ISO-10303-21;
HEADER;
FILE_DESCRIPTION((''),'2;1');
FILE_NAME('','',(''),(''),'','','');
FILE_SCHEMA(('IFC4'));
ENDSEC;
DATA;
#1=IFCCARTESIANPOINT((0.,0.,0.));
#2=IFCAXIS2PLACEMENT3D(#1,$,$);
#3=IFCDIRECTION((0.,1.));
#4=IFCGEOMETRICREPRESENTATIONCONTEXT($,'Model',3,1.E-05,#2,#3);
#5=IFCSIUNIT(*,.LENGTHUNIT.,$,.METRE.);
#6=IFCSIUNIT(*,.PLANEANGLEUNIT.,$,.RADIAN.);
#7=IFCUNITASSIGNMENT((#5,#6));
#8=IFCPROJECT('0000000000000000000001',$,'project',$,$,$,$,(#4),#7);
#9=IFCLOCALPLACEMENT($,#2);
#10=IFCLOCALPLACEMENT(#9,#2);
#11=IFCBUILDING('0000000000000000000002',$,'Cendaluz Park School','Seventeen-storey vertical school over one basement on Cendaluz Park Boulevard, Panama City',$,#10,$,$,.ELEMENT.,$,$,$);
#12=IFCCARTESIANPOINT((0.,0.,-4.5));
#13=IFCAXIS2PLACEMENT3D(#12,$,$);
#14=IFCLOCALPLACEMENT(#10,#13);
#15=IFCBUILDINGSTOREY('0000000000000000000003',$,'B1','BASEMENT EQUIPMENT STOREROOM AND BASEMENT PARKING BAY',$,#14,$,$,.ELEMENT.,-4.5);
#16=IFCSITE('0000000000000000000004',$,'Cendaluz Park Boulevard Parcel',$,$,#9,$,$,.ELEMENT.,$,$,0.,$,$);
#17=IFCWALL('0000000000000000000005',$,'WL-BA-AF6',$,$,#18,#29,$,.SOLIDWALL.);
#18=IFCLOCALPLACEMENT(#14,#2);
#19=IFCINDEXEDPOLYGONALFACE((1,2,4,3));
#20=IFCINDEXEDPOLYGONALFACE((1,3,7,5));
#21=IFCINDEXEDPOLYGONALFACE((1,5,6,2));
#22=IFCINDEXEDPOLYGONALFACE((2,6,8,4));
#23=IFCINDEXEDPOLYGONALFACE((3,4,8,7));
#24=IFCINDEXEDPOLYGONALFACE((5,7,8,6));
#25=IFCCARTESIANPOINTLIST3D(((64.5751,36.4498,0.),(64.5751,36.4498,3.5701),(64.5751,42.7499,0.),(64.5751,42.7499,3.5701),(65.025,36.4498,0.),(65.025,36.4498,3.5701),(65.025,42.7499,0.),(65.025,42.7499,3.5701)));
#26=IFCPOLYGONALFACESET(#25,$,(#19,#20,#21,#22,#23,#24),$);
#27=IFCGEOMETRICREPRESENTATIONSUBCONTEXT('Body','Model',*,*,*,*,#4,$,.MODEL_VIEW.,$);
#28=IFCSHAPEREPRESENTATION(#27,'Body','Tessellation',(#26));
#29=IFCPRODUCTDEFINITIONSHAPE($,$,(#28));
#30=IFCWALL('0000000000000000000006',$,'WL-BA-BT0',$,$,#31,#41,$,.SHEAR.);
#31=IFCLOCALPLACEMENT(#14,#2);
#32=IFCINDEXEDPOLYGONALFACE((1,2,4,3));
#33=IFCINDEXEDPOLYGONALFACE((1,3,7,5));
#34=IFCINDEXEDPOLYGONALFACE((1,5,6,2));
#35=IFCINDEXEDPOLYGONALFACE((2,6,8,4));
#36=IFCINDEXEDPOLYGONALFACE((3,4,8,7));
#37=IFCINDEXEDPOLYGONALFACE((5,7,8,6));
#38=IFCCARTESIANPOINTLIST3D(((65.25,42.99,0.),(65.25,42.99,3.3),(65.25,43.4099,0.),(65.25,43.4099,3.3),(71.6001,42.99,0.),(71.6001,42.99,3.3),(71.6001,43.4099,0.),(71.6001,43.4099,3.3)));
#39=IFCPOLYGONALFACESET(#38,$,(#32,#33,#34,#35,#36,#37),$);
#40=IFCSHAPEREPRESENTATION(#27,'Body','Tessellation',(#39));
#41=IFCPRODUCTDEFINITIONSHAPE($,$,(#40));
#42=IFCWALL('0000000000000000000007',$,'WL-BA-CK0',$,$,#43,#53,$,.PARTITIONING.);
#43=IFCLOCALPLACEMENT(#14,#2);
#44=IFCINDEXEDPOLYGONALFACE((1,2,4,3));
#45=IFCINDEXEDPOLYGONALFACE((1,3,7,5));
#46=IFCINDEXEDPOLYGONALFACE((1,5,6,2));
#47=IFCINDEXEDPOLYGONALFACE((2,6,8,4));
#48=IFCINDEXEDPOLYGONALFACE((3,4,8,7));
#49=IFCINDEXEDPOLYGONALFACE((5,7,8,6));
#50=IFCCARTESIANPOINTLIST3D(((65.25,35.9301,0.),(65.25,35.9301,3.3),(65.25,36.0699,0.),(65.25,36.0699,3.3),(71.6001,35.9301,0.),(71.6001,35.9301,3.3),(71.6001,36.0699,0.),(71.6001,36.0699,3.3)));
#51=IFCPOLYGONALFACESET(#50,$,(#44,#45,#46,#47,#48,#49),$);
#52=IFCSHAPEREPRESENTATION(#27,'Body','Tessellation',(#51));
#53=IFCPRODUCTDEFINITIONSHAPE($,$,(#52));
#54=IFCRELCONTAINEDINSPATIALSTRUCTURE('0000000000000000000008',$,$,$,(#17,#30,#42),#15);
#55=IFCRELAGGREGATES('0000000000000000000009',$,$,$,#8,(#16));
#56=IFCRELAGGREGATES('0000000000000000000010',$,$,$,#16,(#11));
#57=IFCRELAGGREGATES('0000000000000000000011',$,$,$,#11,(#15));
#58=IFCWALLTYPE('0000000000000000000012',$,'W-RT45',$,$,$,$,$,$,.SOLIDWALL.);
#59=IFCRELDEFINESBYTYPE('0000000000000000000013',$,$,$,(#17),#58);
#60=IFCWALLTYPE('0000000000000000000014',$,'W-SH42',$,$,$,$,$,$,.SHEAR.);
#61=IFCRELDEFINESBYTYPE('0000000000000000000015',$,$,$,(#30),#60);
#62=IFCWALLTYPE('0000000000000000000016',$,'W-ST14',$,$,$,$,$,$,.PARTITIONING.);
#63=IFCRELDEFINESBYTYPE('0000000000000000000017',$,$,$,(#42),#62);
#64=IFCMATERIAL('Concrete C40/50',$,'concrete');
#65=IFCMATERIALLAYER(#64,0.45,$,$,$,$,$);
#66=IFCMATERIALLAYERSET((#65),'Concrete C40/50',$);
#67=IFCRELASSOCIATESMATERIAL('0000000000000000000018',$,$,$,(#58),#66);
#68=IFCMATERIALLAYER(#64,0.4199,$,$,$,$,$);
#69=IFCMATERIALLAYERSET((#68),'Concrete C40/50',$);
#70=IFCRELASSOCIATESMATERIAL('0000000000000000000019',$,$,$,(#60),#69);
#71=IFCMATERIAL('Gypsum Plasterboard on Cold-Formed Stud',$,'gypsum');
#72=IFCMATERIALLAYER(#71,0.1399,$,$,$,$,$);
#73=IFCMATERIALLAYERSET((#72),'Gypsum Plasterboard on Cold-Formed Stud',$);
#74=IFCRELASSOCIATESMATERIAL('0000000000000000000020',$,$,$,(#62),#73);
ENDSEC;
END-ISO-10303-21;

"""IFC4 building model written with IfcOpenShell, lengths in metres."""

from ifc_helpers import new_model, si_unit, direction, frame, frame_2d, origin, place, context, subcontext, project, spatial, rectangle, extrude, material, layer, layer_set, type_object, element, save


model = new_model("IFC4")

# Units and contexts
model_context = context("Model", 3, precision=1e-05, world=origin(), true_north=direction((0.0, 1.0)))
body_context = subcontext(model_context, "Body", "Model", "MODEL_VIEW")
ifc_project = project(units=[si_unit("LENGTHUNIT", "METRE"), si_unit("PLANEANGLEUNIT", "RADIAN")], contexts=[model_context])

# Site, building, storey
site_placement = place(None, origin())
site = spatial("IfcSite", under=ifc_project, at=site_placement, Name="Cendaluz Park Boulevard Parcel", CompositionType="ELEMENT", RefElevation=0.0)
building_placement = place(site_placement, origin())
building = spatial("IfcBuilding", under=site, at=building_placement, Name="Cendaluz Park School", Description="Seventeen-storey vertical school over one basement on Cendaluz Park Boulevard, Panama City", CompositionType="ELEMENT")
storey_placement = place(building_placement, frame((0.0, 0.0, -4.5)))
storey = spatial("IfcBuildingStorey", under=building, at=storey_placement, Name="B1", Description="BASEMENT EQUIPMENT STOREROOM AND BASEMENT PARKING BAY", CompositionType="ELEMENT", Elevation=-4.5)

# Shared definitions
ifc_material_1 = material(Name="Concrete C40/50", Category="concrete")

# Walls
ifc_layer_1 = layer(ifc_material_1, 0.45)
ifc_layer_set_1 = layer_set([ifc_layer_1], Name="Concrete C40/50")
wall_type_1 = type_object("IfcWallType", Name="W-RT45", PredefinedType="SOLIDWALL", material=ifc_layer_set_1)
wall_1_placement = place(storey_placement, frame((64.8, 36.45, 0.0), z_axis=(0.0, 0.0, 1.0), x_axis=(0.0, 1.0, 0.0)))
element("IfcWall", 1, at=wall_1_placement, inside=storey, type_object=wall_type_1, Name="WL-BA-AF6", PredefinedType="SOLIDWALL", context=body_context, shape_type="SweptSolid", body=[
    extrude(rectangle(XDim=6.3, YDim=0.45, at=frame_2d((3.1499, 0.0))), origin(), (0.0, 0.0, 1.0), 3.5701),
])
ifc_layer_2 = layer(ifc_material_1, 0.4199)
ifc_layer_set_2 = layer_set([ifc_layer_2], Name="Concrete C40/50")
wall_type_2 = type_object("IfcWallType", Name="W-SH42", PredefinedType="SHEAR", material=ifc_layer_set_2)
wall_2_placement = place(storey_placement, frame((65.25, 43.2, 0.0), z_axis=(0.0, 0.0, 1.0), x_axis=(1.0, 0.0, 0.0)))
element("IfcWall", 2, at=wall_2_placement, inside=storey, type_object=wall_type_2, Name="WL-BA-BT0", PredefinedType="SHEAR", context=body_context, shape_type="SweptSolid", body=[
    extrude(rectangle(XDim=6.3501, YDim=0.4199, at=frame_2d((3.175, 0.0))), origin(), (0.0, 0.0, 1.0), 3.3),
])
ifc_material_2 = material(Name="Gypsum Plasterboard on Cold-Formed Stud", Category="gypsum")
ifc_layer_3 = layer(ifc_material_2, 0.1399)
ifc_layer_set_3 = layer_set([ifc_layer_3], Name="Gypsum Plasterboard on Cold-Formed Stud")
wall_type_3 = type_object("IfcWallType", Name="W-ST14", PredefinedType="PARTITIONING", material=ifc_layer_set_3)
wall_3_placement = place(storey_placement, frame((65.25, 36.0, 0.0), z_axis=(0.0, 0.0, 1.0), x_axis=(1.0, 0.0, 0.0)))
element("IfcWall", 3, at=wall_3_placement, inside=storey, type_object=wall_type_3, Name="WL-BA-CK0", PredefinedType="PARTITIONING", context=body_context, shape_type="SweptSolid", body=[
    extrude(rectangle(XDim=6.3501, YDim=0.1399, at=frame_2d((3.175, 0.0))), origin(), (0.0, 0.0, 1.0), 3.3),
])

save(model, "model.ifc")
